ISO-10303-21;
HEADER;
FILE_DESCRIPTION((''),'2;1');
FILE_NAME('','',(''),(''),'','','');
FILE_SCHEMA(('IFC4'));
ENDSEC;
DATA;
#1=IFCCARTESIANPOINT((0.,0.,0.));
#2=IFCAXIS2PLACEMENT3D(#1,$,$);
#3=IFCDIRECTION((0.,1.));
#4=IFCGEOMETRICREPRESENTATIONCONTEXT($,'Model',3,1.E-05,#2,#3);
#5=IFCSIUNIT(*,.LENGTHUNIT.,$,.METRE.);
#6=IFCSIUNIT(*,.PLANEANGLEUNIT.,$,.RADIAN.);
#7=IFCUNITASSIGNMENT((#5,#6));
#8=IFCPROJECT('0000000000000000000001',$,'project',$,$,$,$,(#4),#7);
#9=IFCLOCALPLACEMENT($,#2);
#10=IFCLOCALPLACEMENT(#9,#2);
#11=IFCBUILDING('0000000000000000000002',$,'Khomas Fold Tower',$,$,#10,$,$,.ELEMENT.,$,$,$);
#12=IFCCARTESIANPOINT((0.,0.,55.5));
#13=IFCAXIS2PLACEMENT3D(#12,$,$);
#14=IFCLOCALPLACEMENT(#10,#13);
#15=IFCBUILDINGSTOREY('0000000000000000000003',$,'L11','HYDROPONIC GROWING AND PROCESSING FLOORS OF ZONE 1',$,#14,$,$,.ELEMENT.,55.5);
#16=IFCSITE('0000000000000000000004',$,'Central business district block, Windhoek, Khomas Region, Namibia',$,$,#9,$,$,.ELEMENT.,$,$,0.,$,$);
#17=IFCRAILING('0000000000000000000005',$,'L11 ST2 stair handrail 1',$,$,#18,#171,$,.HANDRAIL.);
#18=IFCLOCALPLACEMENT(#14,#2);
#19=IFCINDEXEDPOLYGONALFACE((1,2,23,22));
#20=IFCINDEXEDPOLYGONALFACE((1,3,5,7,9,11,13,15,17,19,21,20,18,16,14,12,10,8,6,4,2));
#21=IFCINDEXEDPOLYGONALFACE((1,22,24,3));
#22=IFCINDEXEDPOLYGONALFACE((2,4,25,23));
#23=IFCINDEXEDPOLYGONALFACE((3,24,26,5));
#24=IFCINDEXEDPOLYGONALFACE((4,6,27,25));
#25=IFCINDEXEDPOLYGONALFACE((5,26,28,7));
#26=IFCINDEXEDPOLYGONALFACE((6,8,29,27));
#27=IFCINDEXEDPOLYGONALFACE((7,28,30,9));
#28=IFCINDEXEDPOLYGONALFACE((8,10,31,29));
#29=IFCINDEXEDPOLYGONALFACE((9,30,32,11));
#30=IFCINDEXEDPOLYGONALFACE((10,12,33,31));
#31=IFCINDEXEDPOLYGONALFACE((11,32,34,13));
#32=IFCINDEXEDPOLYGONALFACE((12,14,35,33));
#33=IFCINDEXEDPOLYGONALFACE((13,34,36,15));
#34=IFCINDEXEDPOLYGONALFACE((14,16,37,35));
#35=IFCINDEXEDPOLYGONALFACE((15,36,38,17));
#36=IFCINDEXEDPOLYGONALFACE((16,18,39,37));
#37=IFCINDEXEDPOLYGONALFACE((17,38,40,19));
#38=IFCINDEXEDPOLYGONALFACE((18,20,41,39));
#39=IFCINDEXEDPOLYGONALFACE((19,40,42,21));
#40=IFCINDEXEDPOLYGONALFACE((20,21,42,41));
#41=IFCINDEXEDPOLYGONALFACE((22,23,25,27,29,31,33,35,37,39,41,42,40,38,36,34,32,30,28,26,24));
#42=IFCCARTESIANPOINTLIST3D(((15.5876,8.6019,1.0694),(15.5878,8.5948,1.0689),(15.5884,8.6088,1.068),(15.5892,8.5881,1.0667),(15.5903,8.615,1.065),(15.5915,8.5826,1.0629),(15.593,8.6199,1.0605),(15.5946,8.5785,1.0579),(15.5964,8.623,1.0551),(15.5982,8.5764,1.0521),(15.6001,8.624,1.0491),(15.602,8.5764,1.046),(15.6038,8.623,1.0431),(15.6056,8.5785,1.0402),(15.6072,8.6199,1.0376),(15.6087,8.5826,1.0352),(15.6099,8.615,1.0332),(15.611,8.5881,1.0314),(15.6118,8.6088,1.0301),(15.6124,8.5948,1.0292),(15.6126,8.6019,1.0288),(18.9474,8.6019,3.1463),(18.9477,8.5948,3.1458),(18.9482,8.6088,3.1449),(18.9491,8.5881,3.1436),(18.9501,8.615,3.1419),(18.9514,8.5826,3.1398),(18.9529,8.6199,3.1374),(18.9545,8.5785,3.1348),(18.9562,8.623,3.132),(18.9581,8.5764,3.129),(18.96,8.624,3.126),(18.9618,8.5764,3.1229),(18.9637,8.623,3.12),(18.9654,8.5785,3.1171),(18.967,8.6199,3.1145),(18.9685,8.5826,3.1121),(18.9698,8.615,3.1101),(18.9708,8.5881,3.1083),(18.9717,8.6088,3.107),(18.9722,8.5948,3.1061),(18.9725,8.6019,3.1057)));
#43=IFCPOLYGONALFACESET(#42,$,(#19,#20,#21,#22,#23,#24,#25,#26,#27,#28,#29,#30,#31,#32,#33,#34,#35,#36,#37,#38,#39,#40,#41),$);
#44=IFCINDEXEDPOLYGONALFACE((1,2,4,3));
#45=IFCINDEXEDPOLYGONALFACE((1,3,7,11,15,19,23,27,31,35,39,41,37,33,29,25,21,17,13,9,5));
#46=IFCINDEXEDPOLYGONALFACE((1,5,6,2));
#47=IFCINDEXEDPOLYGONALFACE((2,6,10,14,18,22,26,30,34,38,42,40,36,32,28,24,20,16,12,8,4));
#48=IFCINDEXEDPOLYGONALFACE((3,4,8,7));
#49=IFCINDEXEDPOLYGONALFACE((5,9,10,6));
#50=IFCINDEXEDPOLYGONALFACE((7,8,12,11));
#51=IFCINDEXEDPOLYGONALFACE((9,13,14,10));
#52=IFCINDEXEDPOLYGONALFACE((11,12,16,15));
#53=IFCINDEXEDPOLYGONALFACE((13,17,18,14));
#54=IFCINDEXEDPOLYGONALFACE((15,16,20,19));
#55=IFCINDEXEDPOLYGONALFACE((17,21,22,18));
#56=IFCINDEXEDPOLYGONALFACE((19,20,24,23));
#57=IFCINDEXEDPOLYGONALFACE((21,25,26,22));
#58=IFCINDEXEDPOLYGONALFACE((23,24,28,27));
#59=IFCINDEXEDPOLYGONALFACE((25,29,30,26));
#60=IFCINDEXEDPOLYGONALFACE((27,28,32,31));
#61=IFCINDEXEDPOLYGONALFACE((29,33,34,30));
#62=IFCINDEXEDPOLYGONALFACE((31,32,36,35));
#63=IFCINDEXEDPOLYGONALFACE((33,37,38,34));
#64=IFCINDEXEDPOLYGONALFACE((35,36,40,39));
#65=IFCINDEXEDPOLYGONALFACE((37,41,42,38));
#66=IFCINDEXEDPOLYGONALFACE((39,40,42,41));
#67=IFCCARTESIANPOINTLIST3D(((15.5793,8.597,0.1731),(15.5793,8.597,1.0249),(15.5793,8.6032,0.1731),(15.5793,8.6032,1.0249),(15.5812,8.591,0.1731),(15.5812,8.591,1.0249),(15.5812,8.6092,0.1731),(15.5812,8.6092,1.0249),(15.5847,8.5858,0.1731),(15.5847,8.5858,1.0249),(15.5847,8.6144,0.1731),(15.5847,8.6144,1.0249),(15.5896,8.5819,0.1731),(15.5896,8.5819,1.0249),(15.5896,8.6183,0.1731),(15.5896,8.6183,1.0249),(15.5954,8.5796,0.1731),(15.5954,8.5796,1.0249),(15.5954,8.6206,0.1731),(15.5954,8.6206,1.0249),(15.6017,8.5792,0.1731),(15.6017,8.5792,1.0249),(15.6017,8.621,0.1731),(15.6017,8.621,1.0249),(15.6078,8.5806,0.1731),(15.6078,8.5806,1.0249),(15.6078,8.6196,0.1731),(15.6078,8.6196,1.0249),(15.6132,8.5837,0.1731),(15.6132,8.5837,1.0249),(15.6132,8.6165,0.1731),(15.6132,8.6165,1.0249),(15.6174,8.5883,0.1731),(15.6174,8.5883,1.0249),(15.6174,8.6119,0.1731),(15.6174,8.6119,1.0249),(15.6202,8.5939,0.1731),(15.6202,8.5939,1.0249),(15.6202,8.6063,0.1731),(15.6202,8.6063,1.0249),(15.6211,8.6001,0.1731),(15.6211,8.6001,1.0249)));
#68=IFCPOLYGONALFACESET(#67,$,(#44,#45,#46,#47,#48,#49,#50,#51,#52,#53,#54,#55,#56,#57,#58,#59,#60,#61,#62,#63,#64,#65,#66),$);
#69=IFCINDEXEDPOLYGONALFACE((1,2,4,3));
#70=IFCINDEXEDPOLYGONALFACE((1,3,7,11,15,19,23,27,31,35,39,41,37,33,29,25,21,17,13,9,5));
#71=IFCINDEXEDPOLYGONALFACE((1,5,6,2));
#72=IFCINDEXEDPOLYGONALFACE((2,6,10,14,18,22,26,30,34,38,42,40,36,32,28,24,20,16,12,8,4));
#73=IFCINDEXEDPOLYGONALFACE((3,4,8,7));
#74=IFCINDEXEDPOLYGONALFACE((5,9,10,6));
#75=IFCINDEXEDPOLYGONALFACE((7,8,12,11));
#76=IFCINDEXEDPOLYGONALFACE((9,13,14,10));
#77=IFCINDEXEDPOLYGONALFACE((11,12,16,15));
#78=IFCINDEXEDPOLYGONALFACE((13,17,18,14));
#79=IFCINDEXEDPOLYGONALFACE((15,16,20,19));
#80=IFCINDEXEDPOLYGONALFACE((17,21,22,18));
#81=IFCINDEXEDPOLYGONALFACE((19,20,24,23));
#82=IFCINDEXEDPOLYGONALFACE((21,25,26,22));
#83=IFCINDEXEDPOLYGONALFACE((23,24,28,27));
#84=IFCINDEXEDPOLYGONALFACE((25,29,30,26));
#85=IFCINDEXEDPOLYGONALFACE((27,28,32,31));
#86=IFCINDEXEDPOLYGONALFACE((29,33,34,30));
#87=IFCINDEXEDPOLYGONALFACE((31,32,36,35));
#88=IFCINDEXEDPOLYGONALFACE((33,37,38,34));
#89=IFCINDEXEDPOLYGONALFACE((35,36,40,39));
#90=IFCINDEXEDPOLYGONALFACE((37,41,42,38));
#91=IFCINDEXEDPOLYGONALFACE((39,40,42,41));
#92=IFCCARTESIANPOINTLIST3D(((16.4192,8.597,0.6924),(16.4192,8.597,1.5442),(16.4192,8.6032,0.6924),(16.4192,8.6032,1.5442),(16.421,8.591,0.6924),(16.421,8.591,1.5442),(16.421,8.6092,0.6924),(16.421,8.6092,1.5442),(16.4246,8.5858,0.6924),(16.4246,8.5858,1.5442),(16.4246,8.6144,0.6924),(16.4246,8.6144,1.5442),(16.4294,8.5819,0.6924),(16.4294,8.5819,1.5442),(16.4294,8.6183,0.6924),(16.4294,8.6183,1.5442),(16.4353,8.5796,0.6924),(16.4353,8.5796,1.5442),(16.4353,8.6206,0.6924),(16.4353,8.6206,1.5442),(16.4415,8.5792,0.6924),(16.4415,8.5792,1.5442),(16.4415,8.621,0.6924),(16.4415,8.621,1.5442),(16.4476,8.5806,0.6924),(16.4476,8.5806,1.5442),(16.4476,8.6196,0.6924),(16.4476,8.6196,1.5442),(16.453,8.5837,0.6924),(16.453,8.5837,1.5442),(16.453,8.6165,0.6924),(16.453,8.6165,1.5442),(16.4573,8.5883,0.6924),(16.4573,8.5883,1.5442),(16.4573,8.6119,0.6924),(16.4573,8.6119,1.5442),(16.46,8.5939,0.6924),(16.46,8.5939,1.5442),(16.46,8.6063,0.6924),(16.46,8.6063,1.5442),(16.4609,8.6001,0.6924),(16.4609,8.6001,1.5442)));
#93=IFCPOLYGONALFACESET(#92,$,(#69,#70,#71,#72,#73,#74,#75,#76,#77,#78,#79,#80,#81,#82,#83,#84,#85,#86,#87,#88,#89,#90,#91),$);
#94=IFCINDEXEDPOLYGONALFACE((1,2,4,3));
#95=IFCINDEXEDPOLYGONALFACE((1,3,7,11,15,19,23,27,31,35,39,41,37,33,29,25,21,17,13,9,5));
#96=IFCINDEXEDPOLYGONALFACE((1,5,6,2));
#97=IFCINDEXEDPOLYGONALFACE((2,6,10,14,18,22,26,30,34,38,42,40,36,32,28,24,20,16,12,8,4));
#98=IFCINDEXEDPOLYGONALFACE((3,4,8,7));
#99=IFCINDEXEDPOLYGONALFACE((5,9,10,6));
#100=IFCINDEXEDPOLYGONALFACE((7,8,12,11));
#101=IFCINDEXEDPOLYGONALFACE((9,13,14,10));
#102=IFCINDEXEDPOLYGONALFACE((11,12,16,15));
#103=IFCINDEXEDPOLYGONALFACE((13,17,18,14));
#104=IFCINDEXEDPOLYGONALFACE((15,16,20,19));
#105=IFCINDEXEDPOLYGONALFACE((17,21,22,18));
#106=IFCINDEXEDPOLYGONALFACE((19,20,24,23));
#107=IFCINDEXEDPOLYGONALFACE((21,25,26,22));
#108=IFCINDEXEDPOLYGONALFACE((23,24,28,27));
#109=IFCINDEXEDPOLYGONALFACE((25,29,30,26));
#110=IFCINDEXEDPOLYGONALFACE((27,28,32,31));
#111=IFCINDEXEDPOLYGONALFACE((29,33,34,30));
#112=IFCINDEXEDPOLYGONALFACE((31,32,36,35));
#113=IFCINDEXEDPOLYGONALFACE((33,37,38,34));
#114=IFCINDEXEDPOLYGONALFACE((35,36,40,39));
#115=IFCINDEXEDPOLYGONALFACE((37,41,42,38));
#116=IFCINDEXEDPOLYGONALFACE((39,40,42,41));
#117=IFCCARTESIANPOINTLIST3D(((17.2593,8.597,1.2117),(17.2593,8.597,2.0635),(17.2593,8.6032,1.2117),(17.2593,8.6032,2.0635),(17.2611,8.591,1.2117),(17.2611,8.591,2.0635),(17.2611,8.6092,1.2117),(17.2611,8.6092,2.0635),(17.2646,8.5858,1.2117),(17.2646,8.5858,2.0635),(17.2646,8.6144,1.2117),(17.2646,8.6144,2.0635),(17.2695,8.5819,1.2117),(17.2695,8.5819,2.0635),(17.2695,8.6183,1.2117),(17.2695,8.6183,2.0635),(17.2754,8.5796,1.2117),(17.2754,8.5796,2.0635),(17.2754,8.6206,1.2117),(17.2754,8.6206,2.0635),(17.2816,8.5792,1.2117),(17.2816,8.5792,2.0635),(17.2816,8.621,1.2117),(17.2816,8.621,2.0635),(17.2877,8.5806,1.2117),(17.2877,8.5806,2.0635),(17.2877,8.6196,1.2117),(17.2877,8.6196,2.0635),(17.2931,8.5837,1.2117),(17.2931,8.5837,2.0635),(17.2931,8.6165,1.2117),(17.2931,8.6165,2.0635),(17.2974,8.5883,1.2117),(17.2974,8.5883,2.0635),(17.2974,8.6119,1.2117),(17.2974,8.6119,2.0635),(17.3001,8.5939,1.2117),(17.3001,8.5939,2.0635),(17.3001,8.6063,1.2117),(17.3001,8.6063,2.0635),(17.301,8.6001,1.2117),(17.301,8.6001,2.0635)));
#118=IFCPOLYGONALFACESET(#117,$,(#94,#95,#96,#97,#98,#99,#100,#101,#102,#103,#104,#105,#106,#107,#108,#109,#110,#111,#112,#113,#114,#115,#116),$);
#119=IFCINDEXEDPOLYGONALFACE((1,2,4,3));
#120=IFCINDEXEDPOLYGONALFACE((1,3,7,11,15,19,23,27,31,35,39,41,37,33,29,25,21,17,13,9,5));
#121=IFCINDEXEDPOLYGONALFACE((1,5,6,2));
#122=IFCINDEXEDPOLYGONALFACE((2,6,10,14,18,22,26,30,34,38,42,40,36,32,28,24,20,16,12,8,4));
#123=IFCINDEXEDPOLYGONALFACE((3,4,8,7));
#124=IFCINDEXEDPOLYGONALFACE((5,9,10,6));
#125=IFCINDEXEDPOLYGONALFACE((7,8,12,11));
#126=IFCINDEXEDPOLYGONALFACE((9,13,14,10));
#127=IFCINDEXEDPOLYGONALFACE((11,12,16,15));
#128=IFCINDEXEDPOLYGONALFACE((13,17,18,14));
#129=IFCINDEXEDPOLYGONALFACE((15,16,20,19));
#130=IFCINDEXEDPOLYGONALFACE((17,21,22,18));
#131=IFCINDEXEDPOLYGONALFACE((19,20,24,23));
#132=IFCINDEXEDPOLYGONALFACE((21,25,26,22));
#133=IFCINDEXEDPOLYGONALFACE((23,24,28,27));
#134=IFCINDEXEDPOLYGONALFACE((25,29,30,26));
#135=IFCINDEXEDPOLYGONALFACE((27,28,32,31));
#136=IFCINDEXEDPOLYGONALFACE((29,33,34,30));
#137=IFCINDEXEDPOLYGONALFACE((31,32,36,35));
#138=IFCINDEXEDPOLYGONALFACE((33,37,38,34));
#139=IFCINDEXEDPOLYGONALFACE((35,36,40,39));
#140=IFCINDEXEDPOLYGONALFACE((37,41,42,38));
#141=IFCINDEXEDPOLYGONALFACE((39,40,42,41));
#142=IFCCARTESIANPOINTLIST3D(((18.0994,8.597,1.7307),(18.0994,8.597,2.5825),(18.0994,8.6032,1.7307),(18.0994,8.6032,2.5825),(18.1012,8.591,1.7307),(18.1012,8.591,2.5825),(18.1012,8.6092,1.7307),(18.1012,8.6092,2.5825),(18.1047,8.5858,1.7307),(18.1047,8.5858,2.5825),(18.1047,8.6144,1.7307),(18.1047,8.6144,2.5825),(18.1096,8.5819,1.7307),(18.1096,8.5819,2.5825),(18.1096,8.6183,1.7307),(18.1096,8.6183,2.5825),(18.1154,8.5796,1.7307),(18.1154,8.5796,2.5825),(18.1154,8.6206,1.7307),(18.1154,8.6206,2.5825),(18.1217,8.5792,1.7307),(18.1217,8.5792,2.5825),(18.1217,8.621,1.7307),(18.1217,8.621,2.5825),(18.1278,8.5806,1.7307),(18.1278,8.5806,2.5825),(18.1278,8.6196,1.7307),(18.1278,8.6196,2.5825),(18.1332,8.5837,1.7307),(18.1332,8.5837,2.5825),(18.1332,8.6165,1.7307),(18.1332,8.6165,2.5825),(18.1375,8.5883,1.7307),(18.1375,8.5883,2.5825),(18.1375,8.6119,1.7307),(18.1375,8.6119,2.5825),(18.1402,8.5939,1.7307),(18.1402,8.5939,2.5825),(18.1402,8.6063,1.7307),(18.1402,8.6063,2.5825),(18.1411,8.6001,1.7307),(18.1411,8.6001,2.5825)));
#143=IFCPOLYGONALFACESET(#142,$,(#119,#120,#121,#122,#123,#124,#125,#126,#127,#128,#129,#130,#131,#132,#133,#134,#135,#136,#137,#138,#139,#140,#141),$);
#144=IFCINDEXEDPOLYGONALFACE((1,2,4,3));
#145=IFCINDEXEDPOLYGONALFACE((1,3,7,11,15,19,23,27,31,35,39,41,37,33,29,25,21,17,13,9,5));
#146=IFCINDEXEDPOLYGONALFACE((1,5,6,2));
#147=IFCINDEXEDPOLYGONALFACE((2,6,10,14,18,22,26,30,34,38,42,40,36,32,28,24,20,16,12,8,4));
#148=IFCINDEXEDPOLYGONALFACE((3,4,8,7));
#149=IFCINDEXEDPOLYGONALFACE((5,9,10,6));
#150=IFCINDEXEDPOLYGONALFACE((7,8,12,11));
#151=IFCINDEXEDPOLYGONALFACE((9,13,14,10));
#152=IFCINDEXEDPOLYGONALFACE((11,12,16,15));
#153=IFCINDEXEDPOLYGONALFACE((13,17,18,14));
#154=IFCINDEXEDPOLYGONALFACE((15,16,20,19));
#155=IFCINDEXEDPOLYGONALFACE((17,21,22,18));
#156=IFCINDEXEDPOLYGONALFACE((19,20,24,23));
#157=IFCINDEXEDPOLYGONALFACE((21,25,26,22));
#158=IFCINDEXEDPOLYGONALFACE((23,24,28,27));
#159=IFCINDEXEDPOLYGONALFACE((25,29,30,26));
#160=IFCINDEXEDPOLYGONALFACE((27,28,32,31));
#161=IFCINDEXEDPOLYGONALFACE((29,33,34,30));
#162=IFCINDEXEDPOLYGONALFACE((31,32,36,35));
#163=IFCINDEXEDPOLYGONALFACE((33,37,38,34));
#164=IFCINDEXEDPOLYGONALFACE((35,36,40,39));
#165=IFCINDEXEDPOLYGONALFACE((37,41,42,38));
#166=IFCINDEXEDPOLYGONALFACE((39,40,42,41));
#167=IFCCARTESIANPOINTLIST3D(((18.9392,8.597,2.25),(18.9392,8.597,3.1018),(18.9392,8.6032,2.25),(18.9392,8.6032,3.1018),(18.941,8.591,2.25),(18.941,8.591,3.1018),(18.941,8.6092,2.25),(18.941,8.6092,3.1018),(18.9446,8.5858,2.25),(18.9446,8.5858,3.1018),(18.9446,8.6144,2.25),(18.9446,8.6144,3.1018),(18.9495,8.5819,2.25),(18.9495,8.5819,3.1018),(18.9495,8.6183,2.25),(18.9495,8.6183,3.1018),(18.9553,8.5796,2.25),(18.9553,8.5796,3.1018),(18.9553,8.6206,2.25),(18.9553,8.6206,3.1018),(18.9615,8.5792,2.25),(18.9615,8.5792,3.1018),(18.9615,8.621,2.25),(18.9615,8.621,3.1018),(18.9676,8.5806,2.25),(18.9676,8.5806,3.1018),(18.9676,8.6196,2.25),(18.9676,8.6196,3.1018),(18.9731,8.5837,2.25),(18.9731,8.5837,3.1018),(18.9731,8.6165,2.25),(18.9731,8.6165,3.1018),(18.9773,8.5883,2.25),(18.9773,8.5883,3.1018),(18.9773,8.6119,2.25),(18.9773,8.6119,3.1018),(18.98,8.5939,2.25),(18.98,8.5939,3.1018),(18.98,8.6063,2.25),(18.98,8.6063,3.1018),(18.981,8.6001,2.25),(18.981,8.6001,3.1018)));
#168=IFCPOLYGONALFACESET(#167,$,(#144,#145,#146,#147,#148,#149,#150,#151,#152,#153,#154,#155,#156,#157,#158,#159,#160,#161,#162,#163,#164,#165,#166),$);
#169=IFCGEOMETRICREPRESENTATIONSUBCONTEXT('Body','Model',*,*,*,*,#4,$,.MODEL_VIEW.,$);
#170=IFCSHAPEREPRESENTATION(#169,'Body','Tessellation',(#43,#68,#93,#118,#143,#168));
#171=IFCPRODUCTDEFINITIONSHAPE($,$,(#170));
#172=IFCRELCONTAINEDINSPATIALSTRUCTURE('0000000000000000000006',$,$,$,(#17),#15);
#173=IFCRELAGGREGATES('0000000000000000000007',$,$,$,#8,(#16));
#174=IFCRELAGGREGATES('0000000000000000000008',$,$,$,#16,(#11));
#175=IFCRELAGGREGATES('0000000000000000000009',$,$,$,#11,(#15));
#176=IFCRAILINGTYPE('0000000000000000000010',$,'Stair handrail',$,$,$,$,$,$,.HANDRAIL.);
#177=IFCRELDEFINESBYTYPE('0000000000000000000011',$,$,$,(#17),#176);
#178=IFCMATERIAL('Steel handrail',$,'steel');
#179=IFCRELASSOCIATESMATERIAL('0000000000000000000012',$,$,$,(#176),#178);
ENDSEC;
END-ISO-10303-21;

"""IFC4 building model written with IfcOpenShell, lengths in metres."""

from ifc_helpers import new_model, si_unit, direction, frame, origin, origin_2d, place, context, subcontext, project, spatial, circle, extrude, source, transform, mapped, material, type_object, element, save


model = new_model("IFC4")

# Units and contexts
model_context = context("Model", 3, precision=1e-05, world=origin(), true_north=direction((0.0, 1.0)))
body_context = subcontext(model_context, "Body", "Model", "MODEL_VIEW")
ifc_project = project(units=[si_unit("LENGTHUNIT", "METRE"), si_unit("PLANEANGLEUNIT", "RADIAN")], contexts=[model_context])

# Site, building, storey
site_placement = place(None, origin())
site = spatial("IfcSite", under=ifc_project, at=site_placement, Name="Central business district block, Windhoek, Khomas Region, Namibia", CompositionType="ELEMENT", RefElevation=0.0)
building_placement = place(site_placement, origin())
building = spatial("IfcBuilding", under=site, at=building_placement, Name="Khomas Fold Tower", CompositionType="ELEMENT")
storey_placement = place(building_placement, frame((0.0, 0.0, 55.5)))
storey = spatial("IfcBuildingStorey", under=building, at=storey_placement, Name="L11", Description="HYDROPONIC GROWING AND PROCESSING FLOORS OF ZONE 1", CompositionType="ELEMENT", Elevation=55.5)

# Railing
ifc_material_1 = material(Name="Steel handrail", Category="steel")
railing_type_1 = type_object("IfcRailingType", Name="Stair handrail", PredefinedType="HANDRAIL", material=ifc_material_1)
shared_shape_1 = source(origin(), body_context, "Body", "SweptSolid", [
    extrude(circle(Radius=0.0239, at=origin_2d()), frame((0.0, 0.0, 0.876), z_axis=(0.850606, 0.0, 0.525803), x_axis=(0.0, 1.0, 0.0)), (0.0, 0.0, 1.0), 3.95),
    extrude(circle(Radius=0.021, at=origin_2d()), origin(), (0.0, 0.0, 1.0), 0.8518),
    extrude(circle(Radius=0.021, at=origin_2d()), frame((0.8398, 0.0, 0.5193)), (0.0, 0.0, 1.0), 0.8518),
    extrude(circle(Radius=0.021, at=origin_2d()), frame((1.6799, 0.0, 1.0386)), (0.0, 0.0, 1.0), 0.8518),
    extrude(circle(Radius=0.021, at=origin_2d()), frame((2.52, 0.0, 1.5576)), (0.0, 0.0, 1.0), 0.8518),
    extrude(circle(Radius=0.021, at=origin_2d()), frame((3.3599, 0.0, 2.0769)), (0.0, 0.0, 1.0), 0.8518),
])
railing_1_placement = place(storey_placement, frame((15.6001, 8.6001, 0.1731)))
element("IfcRailing", 1, at=railing_1_placement, inside=storey, type_object=railing_type_1, Name="L11 ST2 stair handrail 1", PredefinedType="HANDRAIL", context=body_context, shape_type="MappedRepresentation", body=[
    mapped(shared_shape_1, transform((0.0, 0.0, 0.0))),
])

save(model, "model.ifc")
